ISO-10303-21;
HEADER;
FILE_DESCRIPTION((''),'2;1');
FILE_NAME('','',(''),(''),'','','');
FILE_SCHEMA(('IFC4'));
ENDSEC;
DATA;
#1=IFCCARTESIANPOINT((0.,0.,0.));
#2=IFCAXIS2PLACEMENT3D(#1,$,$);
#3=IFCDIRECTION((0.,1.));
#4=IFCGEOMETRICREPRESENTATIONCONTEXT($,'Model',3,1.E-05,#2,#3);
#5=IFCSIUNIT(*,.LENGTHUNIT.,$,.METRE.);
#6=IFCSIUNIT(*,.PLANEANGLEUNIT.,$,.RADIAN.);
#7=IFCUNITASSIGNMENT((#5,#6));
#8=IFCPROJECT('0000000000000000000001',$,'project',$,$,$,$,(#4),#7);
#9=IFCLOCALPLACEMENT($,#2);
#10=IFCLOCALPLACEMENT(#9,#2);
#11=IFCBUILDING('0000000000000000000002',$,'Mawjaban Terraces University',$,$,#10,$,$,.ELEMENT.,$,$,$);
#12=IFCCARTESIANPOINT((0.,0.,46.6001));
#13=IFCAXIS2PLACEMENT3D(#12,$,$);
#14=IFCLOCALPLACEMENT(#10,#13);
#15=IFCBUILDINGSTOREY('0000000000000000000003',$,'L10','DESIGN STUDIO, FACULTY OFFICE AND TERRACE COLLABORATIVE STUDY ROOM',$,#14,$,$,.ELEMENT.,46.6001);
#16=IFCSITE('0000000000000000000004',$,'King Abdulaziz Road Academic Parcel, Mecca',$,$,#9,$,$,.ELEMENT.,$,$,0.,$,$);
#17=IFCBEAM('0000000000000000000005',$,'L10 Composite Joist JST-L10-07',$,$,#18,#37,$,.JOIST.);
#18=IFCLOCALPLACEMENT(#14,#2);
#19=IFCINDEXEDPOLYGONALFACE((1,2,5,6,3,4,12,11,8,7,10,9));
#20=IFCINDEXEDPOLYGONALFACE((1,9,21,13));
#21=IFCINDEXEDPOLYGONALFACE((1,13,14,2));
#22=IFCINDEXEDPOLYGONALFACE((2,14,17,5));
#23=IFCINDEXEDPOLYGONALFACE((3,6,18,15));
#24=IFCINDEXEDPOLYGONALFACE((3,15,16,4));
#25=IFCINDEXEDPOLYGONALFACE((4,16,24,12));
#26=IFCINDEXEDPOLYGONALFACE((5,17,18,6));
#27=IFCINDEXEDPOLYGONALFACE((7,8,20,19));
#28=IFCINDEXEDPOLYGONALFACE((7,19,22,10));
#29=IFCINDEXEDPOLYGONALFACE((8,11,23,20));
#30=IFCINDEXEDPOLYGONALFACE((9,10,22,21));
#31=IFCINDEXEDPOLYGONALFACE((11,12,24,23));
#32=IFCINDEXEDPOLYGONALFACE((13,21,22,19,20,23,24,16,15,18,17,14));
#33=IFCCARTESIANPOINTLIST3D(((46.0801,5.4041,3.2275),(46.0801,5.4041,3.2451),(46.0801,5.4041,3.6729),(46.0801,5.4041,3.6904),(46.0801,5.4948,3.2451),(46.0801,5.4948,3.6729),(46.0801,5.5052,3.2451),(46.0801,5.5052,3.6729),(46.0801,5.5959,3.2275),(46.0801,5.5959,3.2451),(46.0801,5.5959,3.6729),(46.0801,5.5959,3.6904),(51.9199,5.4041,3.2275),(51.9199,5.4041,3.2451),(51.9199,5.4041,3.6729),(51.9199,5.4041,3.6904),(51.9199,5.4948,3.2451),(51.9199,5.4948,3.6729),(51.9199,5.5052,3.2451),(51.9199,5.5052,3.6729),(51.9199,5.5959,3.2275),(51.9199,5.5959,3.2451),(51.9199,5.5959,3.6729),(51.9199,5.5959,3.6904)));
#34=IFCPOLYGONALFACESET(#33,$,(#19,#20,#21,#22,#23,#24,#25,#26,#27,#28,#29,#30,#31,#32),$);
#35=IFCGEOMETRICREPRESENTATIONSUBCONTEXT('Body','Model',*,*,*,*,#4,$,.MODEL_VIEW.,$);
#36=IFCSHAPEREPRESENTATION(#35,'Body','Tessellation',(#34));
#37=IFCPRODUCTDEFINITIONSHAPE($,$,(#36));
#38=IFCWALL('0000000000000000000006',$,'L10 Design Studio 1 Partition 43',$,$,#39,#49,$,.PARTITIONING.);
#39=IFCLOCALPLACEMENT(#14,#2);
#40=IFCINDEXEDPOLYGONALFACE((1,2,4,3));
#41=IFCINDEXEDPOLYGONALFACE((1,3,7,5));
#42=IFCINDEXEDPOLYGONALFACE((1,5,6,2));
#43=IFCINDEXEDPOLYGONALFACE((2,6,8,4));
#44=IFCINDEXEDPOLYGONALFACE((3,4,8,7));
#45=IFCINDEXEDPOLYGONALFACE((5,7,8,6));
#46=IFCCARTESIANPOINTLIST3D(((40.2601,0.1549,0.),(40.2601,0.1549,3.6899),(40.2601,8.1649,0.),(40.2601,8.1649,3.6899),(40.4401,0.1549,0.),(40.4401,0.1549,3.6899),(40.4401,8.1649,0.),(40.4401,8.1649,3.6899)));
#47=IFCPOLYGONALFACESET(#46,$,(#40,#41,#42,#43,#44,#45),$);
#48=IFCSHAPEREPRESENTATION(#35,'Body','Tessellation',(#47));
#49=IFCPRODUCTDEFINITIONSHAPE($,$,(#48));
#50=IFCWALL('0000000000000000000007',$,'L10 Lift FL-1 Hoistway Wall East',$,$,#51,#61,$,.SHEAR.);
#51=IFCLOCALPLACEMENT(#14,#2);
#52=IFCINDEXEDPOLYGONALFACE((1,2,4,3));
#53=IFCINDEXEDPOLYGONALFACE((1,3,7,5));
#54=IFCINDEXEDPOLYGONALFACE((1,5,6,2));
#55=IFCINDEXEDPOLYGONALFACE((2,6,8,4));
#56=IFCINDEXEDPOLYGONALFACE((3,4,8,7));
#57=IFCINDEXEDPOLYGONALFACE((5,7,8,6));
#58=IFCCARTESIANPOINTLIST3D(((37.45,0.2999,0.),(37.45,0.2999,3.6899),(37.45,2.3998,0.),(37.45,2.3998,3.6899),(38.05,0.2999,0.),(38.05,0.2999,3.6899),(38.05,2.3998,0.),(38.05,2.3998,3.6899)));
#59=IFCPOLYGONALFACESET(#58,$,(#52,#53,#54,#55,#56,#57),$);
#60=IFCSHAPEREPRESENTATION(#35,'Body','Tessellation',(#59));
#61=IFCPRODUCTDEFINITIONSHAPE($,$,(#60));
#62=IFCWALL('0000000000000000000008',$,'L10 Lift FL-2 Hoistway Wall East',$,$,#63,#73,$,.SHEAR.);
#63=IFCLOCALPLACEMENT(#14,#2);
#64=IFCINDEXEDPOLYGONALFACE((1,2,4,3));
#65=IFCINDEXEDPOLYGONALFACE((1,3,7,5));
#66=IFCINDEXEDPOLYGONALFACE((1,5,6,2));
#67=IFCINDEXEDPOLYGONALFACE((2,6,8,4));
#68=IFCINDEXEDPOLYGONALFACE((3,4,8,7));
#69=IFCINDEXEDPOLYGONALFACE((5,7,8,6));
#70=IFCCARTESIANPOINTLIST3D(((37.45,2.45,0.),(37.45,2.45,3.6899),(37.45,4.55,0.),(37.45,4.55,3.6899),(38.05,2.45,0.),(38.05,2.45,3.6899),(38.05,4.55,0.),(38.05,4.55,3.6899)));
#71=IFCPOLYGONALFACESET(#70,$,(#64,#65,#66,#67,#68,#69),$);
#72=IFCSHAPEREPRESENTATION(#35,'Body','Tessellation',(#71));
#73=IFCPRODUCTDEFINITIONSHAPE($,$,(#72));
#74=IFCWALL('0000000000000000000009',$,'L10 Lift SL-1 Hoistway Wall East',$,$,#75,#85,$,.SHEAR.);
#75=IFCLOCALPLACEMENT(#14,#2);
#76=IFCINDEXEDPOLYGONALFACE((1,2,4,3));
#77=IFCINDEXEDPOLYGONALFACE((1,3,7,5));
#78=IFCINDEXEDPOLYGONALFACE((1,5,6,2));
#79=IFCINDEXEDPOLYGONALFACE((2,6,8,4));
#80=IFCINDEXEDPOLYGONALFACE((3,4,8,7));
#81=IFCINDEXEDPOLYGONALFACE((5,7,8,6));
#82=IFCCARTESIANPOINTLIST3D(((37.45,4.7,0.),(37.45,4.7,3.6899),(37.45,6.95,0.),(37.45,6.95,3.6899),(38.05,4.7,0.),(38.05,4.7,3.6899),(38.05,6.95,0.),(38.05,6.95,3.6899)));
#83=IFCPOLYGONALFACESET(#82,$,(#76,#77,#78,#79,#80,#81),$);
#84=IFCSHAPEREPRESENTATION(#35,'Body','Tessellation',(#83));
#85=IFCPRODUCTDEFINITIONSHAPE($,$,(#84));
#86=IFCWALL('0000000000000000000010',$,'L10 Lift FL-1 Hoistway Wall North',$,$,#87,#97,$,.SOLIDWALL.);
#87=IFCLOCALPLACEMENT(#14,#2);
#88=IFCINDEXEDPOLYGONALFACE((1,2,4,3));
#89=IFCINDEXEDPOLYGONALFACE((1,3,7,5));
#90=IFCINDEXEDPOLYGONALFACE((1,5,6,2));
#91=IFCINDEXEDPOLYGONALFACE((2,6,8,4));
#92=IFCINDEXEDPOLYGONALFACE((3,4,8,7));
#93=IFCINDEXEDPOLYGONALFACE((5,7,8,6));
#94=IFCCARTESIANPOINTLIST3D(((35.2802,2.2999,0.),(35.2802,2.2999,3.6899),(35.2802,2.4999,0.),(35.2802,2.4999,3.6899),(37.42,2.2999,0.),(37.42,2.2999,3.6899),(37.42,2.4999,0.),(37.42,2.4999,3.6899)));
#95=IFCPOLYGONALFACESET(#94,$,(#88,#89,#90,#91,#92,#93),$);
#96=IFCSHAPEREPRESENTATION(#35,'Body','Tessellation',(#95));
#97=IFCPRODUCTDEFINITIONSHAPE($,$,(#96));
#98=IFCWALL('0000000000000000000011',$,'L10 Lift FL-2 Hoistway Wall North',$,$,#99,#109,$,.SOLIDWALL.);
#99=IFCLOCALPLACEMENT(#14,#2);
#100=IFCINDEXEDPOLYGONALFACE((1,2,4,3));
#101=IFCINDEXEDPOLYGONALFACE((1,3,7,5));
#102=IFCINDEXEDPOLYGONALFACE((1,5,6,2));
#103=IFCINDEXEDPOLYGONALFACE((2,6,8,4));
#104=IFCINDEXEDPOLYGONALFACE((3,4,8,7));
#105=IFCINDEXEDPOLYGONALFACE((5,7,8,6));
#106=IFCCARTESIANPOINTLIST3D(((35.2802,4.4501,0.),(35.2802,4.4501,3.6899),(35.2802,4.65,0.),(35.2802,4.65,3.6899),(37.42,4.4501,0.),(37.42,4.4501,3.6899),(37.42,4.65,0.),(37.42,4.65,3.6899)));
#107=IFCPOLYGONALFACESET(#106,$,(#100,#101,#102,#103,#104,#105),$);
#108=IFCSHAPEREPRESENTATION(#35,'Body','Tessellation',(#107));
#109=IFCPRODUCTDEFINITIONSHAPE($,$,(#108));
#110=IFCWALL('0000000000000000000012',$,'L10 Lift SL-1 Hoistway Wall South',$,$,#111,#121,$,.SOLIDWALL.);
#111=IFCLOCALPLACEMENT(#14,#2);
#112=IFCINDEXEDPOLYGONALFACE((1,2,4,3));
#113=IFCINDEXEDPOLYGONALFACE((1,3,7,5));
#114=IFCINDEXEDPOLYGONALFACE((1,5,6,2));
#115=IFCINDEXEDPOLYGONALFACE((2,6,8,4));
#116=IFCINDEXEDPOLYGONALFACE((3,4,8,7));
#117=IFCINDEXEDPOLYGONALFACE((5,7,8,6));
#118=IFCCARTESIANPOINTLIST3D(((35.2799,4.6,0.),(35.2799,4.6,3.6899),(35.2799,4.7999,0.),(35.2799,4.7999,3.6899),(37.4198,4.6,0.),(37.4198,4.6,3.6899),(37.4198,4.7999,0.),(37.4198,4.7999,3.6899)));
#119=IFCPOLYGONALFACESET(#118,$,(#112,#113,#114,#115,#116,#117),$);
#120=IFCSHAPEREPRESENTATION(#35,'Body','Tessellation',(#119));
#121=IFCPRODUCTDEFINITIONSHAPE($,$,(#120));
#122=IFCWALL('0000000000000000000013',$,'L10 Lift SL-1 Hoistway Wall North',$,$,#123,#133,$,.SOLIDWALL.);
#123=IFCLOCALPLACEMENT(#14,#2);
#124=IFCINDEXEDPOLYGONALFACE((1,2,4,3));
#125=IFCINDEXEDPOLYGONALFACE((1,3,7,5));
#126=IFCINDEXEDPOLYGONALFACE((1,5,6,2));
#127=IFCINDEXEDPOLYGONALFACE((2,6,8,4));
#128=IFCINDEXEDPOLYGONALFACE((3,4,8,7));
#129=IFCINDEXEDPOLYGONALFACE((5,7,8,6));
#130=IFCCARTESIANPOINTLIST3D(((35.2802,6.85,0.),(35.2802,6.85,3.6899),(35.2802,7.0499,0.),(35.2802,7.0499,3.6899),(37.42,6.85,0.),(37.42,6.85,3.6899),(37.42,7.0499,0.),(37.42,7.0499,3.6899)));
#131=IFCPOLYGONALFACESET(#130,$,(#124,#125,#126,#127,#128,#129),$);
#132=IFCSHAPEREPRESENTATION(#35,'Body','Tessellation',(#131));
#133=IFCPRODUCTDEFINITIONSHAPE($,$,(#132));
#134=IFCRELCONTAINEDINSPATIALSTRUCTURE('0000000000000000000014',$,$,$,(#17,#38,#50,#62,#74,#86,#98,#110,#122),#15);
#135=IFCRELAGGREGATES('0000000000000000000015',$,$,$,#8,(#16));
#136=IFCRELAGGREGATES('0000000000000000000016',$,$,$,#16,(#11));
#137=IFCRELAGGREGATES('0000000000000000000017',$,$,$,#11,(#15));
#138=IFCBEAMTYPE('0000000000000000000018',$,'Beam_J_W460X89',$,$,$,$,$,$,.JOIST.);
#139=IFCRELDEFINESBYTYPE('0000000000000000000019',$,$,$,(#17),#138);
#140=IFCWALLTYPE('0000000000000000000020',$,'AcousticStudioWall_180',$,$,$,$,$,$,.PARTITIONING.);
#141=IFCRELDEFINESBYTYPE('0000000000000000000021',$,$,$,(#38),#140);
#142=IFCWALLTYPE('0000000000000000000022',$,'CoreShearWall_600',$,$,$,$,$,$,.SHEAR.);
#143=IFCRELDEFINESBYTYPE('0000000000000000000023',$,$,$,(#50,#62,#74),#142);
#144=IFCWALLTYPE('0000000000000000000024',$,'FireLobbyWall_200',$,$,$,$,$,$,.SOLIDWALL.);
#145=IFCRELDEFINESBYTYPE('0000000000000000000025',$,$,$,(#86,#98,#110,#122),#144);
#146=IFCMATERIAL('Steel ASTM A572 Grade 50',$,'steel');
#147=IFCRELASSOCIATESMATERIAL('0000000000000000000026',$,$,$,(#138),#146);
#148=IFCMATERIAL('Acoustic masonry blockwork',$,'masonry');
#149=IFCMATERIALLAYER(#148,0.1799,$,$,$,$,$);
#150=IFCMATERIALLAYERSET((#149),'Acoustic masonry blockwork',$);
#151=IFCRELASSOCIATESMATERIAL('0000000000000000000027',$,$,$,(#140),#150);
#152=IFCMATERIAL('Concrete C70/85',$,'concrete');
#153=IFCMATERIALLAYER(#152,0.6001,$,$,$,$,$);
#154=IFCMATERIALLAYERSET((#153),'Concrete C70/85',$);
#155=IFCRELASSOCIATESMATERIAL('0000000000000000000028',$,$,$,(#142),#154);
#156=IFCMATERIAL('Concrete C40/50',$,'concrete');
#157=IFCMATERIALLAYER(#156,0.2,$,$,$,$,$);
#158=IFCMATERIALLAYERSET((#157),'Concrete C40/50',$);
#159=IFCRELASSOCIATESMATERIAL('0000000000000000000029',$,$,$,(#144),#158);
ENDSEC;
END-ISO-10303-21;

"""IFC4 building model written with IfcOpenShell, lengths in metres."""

from ifc_helpers import new_model, si_unit, direction, frame, frame_2d, origin, origin_2d, place, context, subcontext, project, spatial, rectangle, i_section, extrude, material, layer, layer_set, material_profile, profile_set, type_object, element, save


model = new_model("IFC4")

# Units and contexts
model_context = context("Model", 3, precision=1e-05, world=origin(), true_north=direction((0.0, 1.0)))
body_context = subcontext(model_context, "Body", "Model", "MODEL_VIEW")
ifc_project = project(units=[si_unit("LENGTHUNIT", "METRE"), si_unit("PLANEANGLEUNIT", "RADIAN")], contexts=[model_context])

# Site, building, storey
site_placement = place(None, origin())
site = spatial("IfcSite", under=ifc_project, at=site_placement, Name="King Abdulaziz Road Academic Parcel, Mecca", CompositionType="ELEMENT", RefElevation=0.0)
building_placement = place(site_placement, origin())
building = spatial("IfcBuilding", under=site, at=building_placement, Name="Mawjaban Terraces University", CompositionType="ELEMENT")
storey_placement = place(building_placement, frame((0.0, 0.0, 46.6001)))
storey = spatial("IfcBuildingStorey", under=building, at=storey_placement, Name="L10", Description="DESIGN STUDIO, FACULTY OFFICE AND TERRACE COLLABORATIVE STUDY ROOM", CompositionType="ELEMENT", Elevation=46.6001)

# Shared definitions
ifc_material_1 = material(Name="Concrete C70/85", Category="concrete")

# Beam
ifc_material_2 = material(Name="Steel ASTM A572 Grade 50", Category="steel")
ifc_material_profile_1 = material_profile(ifc_material_2, i_section(OverallWidth=0.1919, OverallDepth=0.4629, WebThickness=0.0105, FlangeThickness=0.0176, at=origin_2d()), Name="W460X89")
ifc_profile_set_1 = profile_set([ifc_material_profile_1], Name="Steel ASTM A572 Grade 50")
beam_type_1 = type_object("IfcBeamType", Name="Beam_J_W460X89", PredefinedType="JOIST", material=ifc_profile_set_1)
beam_1_placement = place(storey_placement, frame((46.0801, 5.5, 3.459), z_axis=(1.0, 0.0, 0.0), x_axis=(0.0, 1.0, 0.0)))
element("IfcBeam", 1, at=beam_1_placement, inside=storey, type_object=beam_type_1, Name="L10 Composite Joist JST-L10-07", PredefinedType="JOIST", context=body_context, shape_type="SweptSolid", body=[
    extrude(i_section(OverallWidth=0.1919, OverallDepth=0.4629, WebThickness=0.0105, FlangeThickness=0.0176, at=origin_2d()), origin(), (0.0, 0.0, 1.0), 5.8398),
])

# Walls
ifc_material_3 = material(Name="Acoustic masonry blockwork", Category="masonry")
ifc_layer_1 = layer(ifc_material_3, 0.1799)
ifc_layer_set_1 = layer_set([ifc_layer_1], Name="Acoustic masonry blockwork")
wall_type_1 = type_object("IfcWallType", Name="AcousticStudioWall_180", PredefinedType="PARTITIONING", material=ifc_layer_set_1)
wall_1_placement = place(storey_placement, frame((40.3501, 0.155, 0.0), z_axis=(0.0, 0.0, 1.0), x_axis=(0.0, 1.0, 0.0)))
element("IfcWall", 2, at=wall_1_placement, inside=storey, type_object=wall_type_1, Name="L10 Design Studio 1 Partition 43", PredefinedType="PARTITIONING", context=body_context, shape_type="SweptSolid", body=[
    extrude(rectangle(XDim=8.01, YDim=0.1799, at=frame_2d((4.0049, 0.0))), origin(), (0.0, 0.0, 1.0), 3.6899),
])
ifc_layer_2 = layer(ifc_material_1, 0.6001)
ifc_layer_set_2 = layer_set([ifc_layer_2], Name="Concrete C70/85")
wall_type_2 = type_object("IfcWallType", Name="CoreShearWall_600", PredefinedType="SHEAR", material=ifc_layer_set_2)
wall_2_placement = place(storey_placement, frame((37.75, 0.3, 0.0), z_axis=(0.0, 0.0, 1.0), x_axis=(0.0, 1.0, 0.0)))
element("IfcWall", 3, at=wall_2_placement, inside=storey, type_object=wall_type_2, Name="L10 Lift FL-1 Hoistway Wall East", PredefinedType="SHEAR", context=body_context, shape_type="SweptSolid", body=[
    extrude(rectangle(XDim=2.0999, YDim=0.6001, at=frame_2d((1.0498, 0.0))), origin(), (0.0, 0.0, 1.0), 3.6899),
])
wall_3_placement = place(storey_placement, frame((37.75, 2.45, 0.0), z_axis=(0.0, 0.0, 1.0), x_axis=(0.0, 1.0, 0.0)))
element("IfcWall", 4, at=wall_3_placement, inside=storey, type_object=wall_type_2, Name="L10 Lift FL-2 Hoistway Wall East", PredefinedType="SHEAR", context=body_context, shape_type="SweptSolid", body=[
    extrude(rectangle(XDim=2.1001, YDim=0.6001, at=frame_2d((1.05, 0.0))), origin(), (0.0, 0.0, 1.0), 3.6899),
])
wall_4_placement = place(storey_placement, frame((37.75, 4.7, 0.0), z_axis=(0.0, 0.0, 1.0), x_axis=(0.0, 1.0, 0.0)))
element("IfcWall", 5, at=wall_4_placement, inside=storey, type_object=wall_type_2, Name="L10 Lift SL-1 Hoistway Wall East", PredefinedType="SHEAR", context=body_context, shape_type="SweptSolid", body=[
    extrude(rectangle(XDim=2.25, YDim=0.6001, at=frame_2d((1.125, 0.0))), origin(), (0.0, 0.0, 1.0), 3.6899),
])
ifc_material_4 = material(Name="Concrete C40/50", Category="concrete")
ifc_layer_3 = layer(ifc_material_4, 0.2)
ifc_layer_set_3 = layer_set([ifc_layer_3], Name="Concrete C40/50")
wall_type_3 = type_object("IfcWallType", Name="FireLobbyWall_200", PredefinedType="SOLIDWALL", material=ifc_layer_set_3)
for number, where, z_axis, x_axis, name in (
    (6, (37.4199, 2.3999, 0.0), (0.0, 0.0, 1.0), (-1.0, 0.0, 0.0), "L10 Lift FL-1 Hoistway Wall North"),
    (7, (37.4199, 4.55, 0.0), (0.0, 0.0, 1.0), (-1.0, 0.0, 0.0), "L10 Lift FL-2 Hoistway Wall North"),
    (8, (35.28, 4.7, 0.0), (0.0, 0.0, 1.0), (1.0, 0.0, 0.0), "L10 Lift SL-1 Hoistway Wall South"),
    (9, (37.4199, 6.95, 0.0), (0.0, 0.0, 1.0), (-1.0, 0.0, 0.0), "L10 Lift SL-1 Hoistway Wall North"),
):
    element("IfcWall", number, at=place(storey_placement, frame(where, z_axis=z_axis, x_axis=x_axis)), inside=storey, type_object=wall_type_3, Name=name, PredefinedType="SOLIDWALL", context=body_context, shape_type="SweptSolid", body=[
        extrude(rectangle(XDim=2.1399, YDim=0.2, at=frame_2d((1.0698, 0.0))), origin(), (0.0, 0.0, 1.0), 3.6899),
    ])

save(model, "model.ifc")
